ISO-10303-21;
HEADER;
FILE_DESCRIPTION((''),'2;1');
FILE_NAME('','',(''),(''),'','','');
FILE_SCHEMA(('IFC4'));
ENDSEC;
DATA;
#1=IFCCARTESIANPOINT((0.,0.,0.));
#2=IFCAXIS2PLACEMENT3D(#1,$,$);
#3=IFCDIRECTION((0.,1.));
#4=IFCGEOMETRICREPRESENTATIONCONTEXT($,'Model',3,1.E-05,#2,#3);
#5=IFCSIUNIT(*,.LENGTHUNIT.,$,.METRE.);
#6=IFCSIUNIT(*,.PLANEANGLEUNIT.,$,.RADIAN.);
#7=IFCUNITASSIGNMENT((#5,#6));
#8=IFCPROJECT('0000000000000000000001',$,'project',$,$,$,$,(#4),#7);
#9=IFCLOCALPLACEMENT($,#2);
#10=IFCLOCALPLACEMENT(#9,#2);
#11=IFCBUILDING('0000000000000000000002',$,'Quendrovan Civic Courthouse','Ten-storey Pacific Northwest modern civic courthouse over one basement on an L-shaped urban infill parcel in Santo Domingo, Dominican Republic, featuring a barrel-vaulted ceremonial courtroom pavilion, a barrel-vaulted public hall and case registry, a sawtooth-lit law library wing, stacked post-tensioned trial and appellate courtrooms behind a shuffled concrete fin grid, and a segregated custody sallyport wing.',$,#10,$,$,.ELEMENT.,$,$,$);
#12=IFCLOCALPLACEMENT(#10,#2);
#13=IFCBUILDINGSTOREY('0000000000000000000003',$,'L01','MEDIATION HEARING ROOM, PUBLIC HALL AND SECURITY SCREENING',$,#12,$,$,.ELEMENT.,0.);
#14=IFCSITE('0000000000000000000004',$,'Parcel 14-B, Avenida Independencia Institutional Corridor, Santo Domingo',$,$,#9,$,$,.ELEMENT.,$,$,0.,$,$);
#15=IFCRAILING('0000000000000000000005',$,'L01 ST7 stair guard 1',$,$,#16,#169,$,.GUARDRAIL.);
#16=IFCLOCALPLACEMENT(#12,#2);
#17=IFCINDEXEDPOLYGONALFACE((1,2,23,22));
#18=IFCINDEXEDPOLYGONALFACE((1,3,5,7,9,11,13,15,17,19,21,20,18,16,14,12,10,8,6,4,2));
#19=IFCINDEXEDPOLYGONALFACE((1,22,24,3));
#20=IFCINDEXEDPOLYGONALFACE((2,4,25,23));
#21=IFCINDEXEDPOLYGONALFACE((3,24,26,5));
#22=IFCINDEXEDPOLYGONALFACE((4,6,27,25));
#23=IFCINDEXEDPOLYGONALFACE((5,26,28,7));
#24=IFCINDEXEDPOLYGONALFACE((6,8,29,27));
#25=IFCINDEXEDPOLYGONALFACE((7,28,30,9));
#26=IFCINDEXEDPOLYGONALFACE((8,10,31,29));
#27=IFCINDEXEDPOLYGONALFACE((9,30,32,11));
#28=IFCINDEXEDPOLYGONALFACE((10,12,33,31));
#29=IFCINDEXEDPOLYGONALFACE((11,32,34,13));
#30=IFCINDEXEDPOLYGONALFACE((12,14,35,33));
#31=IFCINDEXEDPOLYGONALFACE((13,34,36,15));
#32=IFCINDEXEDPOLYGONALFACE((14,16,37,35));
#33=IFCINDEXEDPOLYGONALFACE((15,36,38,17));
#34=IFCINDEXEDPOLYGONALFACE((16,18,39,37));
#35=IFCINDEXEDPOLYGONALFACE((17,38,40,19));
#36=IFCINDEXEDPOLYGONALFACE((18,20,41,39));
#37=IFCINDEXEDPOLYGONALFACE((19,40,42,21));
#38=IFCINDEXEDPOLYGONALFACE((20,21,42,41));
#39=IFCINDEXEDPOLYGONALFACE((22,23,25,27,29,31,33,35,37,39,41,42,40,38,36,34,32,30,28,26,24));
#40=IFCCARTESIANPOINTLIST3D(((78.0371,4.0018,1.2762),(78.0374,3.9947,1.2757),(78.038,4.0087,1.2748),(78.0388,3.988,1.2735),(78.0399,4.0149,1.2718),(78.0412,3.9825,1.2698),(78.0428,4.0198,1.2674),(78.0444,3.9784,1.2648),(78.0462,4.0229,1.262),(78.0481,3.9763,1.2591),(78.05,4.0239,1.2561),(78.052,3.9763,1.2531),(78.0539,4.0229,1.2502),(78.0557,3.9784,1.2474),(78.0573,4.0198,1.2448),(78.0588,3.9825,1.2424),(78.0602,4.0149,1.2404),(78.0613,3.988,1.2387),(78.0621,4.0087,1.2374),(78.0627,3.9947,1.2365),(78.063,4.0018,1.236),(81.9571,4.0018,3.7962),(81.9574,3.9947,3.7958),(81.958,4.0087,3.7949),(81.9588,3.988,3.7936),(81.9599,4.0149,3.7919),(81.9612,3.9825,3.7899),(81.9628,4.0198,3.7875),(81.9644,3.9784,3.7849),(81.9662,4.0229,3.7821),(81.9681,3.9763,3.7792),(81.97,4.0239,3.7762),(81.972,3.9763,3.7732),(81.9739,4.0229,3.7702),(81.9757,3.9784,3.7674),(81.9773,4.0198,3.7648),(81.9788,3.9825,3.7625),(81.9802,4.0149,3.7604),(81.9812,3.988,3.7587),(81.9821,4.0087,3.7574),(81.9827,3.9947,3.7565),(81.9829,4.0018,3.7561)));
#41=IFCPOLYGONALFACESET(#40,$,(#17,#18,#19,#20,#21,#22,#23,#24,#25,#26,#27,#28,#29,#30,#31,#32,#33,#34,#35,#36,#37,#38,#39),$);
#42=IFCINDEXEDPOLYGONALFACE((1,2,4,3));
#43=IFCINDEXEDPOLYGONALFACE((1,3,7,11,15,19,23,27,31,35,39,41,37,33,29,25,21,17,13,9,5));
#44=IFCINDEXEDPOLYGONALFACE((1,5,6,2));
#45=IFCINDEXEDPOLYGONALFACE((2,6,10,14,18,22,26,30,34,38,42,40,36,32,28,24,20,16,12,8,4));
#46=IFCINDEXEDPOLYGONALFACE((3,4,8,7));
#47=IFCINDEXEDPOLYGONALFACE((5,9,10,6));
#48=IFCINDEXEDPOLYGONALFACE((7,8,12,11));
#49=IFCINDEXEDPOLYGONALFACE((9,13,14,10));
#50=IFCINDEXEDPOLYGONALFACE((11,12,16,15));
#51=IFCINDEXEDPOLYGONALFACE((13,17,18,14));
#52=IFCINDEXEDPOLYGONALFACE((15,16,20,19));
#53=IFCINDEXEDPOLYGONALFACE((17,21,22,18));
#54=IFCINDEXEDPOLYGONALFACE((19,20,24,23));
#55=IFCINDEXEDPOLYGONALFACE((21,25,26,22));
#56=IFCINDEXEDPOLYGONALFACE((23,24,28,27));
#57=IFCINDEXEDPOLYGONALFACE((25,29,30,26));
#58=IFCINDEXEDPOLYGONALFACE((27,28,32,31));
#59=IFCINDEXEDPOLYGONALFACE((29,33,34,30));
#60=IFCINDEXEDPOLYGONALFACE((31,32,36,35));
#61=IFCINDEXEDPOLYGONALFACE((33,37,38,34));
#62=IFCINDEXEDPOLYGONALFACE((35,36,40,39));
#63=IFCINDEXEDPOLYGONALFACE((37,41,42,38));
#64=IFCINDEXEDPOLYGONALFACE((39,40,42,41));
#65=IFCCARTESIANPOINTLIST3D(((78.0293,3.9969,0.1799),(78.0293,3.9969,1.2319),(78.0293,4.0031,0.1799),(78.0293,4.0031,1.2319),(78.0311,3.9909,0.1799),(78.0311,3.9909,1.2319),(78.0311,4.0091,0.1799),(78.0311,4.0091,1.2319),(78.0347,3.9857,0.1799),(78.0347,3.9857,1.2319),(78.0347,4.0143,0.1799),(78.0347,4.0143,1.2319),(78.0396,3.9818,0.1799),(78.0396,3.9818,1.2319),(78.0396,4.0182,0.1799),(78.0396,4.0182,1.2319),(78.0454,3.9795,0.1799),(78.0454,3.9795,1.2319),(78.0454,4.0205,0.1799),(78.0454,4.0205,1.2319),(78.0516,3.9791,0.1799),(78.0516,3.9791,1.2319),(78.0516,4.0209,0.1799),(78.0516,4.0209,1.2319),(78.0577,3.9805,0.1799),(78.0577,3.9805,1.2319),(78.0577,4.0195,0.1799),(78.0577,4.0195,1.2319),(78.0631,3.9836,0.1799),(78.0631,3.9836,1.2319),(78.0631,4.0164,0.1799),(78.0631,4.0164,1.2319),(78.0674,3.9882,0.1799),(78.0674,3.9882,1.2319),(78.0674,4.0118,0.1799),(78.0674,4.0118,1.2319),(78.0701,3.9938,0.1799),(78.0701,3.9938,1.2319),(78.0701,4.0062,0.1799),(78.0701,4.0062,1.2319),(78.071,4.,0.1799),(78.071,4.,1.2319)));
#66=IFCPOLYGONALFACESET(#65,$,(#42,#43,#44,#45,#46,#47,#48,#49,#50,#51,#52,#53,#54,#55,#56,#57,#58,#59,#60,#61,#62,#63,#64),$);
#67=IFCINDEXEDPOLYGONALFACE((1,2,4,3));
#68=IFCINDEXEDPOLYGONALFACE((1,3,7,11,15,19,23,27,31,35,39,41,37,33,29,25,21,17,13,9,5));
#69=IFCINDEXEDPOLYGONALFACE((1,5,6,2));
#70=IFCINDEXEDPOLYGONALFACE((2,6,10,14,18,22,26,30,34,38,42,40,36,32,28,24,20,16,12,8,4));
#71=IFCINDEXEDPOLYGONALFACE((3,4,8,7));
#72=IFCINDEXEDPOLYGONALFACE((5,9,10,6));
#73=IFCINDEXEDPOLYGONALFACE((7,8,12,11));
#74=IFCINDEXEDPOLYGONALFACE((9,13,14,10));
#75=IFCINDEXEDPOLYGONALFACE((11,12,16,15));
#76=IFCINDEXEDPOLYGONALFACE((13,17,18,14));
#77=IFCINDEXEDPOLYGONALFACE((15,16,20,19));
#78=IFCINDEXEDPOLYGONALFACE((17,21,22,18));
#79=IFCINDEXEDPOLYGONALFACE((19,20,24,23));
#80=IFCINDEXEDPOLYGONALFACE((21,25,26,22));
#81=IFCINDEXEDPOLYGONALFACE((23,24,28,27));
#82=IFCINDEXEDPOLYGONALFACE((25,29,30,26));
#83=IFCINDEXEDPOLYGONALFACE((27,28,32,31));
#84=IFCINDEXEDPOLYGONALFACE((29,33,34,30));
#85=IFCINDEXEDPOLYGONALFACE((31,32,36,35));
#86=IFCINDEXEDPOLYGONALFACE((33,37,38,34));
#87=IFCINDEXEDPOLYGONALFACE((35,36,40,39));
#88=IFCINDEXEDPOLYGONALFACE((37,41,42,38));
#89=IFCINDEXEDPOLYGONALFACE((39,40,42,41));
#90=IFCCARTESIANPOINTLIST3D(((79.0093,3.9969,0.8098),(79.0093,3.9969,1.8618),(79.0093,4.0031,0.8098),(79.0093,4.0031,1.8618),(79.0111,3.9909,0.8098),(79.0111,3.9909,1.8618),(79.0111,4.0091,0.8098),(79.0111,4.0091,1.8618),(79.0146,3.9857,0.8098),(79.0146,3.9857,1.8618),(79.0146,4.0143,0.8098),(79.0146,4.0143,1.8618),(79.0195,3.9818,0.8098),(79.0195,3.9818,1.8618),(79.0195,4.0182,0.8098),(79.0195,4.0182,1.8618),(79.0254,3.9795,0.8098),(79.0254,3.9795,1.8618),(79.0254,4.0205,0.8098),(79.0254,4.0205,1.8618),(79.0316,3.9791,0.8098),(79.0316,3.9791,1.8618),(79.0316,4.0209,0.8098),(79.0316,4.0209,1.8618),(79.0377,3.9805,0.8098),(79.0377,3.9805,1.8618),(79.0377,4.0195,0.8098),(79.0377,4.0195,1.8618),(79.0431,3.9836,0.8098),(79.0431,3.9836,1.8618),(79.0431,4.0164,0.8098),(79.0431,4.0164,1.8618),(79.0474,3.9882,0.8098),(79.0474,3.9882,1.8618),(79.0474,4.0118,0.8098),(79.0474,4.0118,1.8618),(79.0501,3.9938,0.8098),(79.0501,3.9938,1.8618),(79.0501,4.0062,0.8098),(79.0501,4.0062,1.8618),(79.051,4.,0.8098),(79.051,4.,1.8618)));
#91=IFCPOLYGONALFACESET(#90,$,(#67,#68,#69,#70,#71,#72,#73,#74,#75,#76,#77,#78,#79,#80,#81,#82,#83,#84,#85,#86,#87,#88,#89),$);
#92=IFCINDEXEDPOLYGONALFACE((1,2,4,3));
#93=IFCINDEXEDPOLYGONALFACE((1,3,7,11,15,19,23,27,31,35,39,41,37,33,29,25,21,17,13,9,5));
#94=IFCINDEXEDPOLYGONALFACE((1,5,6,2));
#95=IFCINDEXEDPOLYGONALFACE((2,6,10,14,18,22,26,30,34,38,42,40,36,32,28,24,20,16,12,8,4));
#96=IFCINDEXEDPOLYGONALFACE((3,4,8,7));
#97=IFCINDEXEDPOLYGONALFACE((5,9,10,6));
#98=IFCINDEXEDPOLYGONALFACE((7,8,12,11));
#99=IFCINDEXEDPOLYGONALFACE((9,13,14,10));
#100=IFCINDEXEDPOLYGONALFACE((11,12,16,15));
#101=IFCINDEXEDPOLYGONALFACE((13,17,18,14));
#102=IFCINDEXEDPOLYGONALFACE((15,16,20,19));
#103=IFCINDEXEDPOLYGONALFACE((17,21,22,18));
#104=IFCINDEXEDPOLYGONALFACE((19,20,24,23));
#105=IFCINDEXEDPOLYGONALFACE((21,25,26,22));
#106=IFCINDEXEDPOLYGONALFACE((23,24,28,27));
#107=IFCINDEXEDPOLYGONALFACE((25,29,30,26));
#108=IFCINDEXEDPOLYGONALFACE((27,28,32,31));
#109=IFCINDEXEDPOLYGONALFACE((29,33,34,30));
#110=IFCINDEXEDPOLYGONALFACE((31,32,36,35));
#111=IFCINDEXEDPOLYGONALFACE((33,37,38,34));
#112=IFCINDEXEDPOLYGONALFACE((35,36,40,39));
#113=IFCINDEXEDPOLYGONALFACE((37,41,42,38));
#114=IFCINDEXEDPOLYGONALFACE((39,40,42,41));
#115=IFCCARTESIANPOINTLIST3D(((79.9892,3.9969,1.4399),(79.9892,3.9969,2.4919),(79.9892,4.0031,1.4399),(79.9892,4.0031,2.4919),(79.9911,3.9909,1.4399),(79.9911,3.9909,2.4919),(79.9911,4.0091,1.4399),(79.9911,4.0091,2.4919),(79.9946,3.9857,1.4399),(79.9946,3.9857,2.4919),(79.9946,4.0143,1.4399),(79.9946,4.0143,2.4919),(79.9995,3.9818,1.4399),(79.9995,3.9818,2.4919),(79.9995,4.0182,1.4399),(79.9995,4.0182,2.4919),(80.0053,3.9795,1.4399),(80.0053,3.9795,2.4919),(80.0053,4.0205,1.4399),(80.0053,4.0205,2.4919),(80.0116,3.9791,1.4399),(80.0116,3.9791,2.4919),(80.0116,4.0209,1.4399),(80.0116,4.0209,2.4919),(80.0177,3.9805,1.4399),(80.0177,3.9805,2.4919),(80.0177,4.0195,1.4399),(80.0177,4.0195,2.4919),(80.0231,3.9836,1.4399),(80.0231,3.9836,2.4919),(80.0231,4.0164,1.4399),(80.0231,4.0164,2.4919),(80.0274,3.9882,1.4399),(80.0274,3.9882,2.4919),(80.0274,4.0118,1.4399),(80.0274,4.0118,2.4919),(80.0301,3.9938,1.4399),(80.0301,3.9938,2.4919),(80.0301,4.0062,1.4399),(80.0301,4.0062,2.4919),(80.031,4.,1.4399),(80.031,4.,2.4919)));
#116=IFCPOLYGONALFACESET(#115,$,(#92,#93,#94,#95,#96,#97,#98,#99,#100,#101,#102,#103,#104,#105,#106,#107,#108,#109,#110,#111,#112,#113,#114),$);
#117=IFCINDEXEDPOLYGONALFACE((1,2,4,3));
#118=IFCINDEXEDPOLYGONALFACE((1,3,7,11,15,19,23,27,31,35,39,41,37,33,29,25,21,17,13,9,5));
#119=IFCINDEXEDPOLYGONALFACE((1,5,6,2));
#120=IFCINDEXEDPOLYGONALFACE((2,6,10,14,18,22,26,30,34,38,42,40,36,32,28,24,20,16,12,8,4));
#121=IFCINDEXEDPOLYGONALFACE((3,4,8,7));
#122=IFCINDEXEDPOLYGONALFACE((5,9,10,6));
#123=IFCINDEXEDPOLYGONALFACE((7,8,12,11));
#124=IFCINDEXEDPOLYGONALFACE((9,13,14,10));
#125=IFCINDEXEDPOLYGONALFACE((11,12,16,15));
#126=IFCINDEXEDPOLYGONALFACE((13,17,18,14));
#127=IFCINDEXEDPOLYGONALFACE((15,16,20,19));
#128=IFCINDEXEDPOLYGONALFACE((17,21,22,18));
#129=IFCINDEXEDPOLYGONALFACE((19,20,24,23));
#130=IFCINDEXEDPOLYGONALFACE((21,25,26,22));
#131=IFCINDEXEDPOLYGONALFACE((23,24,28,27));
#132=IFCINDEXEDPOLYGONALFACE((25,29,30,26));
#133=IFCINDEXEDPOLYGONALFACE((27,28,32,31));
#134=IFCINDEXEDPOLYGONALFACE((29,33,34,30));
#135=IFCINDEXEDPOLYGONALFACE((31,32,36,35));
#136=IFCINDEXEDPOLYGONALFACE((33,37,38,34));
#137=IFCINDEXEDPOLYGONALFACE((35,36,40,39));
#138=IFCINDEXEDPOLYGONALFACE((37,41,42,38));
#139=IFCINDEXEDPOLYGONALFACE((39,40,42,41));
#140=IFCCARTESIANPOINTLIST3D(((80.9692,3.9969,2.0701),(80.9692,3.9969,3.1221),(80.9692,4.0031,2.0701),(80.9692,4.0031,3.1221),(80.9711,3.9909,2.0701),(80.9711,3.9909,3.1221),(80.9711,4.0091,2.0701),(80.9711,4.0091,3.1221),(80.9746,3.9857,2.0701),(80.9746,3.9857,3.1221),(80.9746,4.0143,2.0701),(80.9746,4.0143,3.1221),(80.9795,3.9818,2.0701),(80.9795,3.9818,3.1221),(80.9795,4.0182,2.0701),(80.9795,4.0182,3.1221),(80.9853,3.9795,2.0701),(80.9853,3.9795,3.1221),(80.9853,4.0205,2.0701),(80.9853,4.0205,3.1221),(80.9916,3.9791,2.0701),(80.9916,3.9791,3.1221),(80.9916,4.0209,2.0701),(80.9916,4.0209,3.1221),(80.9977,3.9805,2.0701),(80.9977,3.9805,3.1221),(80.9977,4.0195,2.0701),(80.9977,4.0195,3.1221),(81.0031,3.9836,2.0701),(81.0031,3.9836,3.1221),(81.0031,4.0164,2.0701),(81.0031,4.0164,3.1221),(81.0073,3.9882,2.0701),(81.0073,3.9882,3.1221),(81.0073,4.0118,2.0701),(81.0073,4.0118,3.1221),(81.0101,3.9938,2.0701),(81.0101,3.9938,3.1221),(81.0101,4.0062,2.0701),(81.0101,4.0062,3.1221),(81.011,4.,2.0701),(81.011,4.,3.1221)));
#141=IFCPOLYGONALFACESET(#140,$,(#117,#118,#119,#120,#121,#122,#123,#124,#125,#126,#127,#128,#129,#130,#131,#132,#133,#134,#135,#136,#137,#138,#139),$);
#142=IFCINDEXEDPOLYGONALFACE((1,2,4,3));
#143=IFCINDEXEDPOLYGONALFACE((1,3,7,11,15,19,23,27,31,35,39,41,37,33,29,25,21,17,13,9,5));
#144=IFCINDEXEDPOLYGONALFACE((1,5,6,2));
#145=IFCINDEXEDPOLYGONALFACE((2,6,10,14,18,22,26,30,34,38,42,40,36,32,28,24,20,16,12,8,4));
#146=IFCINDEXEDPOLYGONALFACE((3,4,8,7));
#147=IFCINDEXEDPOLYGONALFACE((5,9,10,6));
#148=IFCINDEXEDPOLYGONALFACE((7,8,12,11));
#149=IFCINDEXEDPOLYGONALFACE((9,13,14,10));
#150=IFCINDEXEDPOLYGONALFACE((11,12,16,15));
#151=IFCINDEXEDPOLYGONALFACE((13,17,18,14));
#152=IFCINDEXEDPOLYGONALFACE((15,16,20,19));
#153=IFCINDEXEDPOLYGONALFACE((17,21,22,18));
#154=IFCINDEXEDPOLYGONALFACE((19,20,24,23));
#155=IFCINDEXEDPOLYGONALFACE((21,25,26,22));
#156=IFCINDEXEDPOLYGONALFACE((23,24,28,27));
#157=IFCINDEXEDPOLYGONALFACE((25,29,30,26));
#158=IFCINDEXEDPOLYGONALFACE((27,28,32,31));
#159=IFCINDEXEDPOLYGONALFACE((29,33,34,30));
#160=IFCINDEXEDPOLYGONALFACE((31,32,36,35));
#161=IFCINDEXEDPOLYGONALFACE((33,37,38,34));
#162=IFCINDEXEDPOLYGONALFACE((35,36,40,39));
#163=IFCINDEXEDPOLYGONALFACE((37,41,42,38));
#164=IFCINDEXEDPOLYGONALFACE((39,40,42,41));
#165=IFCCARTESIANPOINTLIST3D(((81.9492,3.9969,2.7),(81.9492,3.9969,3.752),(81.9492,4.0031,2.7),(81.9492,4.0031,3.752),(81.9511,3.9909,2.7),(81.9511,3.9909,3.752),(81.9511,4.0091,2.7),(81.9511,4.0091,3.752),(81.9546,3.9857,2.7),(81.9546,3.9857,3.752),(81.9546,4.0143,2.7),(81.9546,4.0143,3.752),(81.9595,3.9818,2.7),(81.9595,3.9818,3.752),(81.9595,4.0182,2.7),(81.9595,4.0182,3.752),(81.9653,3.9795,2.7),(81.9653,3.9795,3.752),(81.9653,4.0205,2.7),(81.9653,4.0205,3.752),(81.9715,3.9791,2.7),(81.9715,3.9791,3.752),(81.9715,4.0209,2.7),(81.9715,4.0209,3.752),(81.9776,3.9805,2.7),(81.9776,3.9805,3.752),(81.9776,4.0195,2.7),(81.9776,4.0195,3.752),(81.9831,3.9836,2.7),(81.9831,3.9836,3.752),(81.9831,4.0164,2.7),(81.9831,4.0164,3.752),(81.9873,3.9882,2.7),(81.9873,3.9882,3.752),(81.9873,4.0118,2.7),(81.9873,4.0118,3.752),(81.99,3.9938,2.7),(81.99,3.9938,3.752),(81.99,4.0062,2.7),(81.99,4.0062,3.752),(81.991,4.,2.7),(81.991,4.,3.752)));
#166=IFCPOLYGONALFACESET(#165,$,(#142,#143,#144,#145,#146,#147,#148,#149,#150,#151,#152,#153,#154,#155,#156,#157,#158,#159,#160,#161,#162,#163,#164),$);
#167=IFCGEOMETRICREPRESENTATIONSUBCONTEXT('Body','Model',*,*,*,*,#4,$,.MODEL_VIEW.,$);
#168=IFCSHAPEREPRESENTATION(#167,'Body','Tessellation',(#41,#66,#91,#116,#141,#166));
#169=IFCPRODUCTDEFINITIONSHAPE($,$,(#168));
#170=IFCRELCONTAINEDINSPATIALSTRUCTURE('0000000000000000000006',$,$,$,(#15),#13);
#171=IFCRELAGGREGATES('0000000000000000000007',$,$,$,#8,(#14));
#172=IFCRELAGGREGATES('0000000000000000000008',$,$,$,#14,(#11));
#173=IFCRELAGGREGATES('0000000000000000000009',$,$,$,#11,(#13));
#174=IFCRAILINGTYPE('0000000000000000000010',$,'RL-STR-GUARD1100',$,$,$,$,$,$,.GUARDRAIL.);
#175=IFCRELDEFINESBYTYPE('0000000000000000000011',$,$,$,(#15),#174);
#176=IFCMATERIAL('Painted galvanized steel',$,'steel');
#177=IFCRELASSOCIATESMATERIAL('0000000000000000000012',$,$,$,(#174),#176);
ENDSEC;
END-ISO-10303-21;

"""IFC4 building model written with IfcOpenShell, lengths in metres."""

from ifc_helpers import new_model, si_unit, direction, frame, origin, origin_2d, place, context, subcontext, project, spatial, circle, extrude, material, type_object, element, save


model = new_model("IFC4")

# Units and contexts
model_context = context("Model", 3, precision=1e-05, world=origin(), true_north=direction((0.0, 1.0)))
body_context = subcontext(model_context, "Body", "Model", "MODEL_VIEW")
ifc_project = project(units=[si_unit("LENGTHUNIT", "METRE"), si_unit("PLANEANGLEUNIT", "RADIAN")], contexts=[model_context])

# Site, building, storey
site_placement = place(None, origin())
site = spatial("IfcSite", under=ifc_project, at=site_placement, Name="Parcel 14-B, Avenida Independencia Institutional Corridor, Santo Domingo", CompositionType="ELEMENT", RefElevation=0.0)
building_placement = place(site_placement, origin())
building = spatial("IfcBuilding", under=site, at=building_placement, Name="Quendrovan Civic Courthouse", Description="Ten-storey Pacific Northwest modern civic courthouse over one basement on an L-shaped urban infill parcel in Santo Domingo, Dominican Republic, featuring a barrel-vaulted ceremonial courtroom pavilion, a barrel-vaulted public hall and case registry, a sawtooth-lit law library wing, stacked post-tensioned trial and appellate courtrooms behind a shuffled concrete fin grid, and a segregated custody sallyport wing.", CompositionType="ELEMENT")
storey_placement = place(building_placement, origin())
storey = spatial("IfcBuildingStorey", under=building, at=storey_placement, Name="L01", Description="MEDIATION HEARING ROOM, PUBLIC HALL AND SECURITY SCREENING", CompositionType="ELEMENT", Elevation=0.0)

# Railing
ifc_material_1 = material(Name="Painted galvanized steel", Category="steel")
railing_type_1 = type_object("IfcRailingType", Name="RL-STR-GUARD1100", PredefinedType="GUARDRAIL", material=ifc_material_1)
railing_1_placement = place(storey_placement, frame((78.05, 4.0, 0.1799)))
element("IfcRailing", 1, at=railing_1_placement, inside=storey, type_object=railing_type_1, Name="L01 ST7 stair guard 1", PredefinedType="GUARDRAIL", context=body_context, shape_type="SweptSolid", body=[
    extrude(circle(Radius=0.0239, at=origin_2d()), frame((0.0, 0.0, 1.0762), z_axis=(0.841172, 0.0, 0.540768), x_axis=(0.0, 1.0, 0.0)), (0.0, 0.0, 1.0), 4.6602),
    extrude(circle(Radius=0.021, at=origin_2d()), origin(), (0.0, 0.0, 1.0), 1.052),
    extrude(circle(Radius=0.021, at=origin_2d()), frame((0.98, 0.0, 0.6299)), (0.0, 0.0, 1.0), 1.052),
    extrude(circle(Radius=0.021, at=origin_2d()), frame((1.96, 0.0, 1.26)), (0.0, 0.0, 1.0), 1.052),
    extrude(circle(Radius=0.021, at=origin_2d()), frame((2.9399, 0.0, 1.8901)), (0.0, 0.0, 1.0), 1.052),
    extrude(circle(Radius=0.021, at=origin_2d()), frame((3.9199, 0.0, 2.52)), (0.0, 0.0, 1.0), 1.052),
])

save(model, "model.ifc")
